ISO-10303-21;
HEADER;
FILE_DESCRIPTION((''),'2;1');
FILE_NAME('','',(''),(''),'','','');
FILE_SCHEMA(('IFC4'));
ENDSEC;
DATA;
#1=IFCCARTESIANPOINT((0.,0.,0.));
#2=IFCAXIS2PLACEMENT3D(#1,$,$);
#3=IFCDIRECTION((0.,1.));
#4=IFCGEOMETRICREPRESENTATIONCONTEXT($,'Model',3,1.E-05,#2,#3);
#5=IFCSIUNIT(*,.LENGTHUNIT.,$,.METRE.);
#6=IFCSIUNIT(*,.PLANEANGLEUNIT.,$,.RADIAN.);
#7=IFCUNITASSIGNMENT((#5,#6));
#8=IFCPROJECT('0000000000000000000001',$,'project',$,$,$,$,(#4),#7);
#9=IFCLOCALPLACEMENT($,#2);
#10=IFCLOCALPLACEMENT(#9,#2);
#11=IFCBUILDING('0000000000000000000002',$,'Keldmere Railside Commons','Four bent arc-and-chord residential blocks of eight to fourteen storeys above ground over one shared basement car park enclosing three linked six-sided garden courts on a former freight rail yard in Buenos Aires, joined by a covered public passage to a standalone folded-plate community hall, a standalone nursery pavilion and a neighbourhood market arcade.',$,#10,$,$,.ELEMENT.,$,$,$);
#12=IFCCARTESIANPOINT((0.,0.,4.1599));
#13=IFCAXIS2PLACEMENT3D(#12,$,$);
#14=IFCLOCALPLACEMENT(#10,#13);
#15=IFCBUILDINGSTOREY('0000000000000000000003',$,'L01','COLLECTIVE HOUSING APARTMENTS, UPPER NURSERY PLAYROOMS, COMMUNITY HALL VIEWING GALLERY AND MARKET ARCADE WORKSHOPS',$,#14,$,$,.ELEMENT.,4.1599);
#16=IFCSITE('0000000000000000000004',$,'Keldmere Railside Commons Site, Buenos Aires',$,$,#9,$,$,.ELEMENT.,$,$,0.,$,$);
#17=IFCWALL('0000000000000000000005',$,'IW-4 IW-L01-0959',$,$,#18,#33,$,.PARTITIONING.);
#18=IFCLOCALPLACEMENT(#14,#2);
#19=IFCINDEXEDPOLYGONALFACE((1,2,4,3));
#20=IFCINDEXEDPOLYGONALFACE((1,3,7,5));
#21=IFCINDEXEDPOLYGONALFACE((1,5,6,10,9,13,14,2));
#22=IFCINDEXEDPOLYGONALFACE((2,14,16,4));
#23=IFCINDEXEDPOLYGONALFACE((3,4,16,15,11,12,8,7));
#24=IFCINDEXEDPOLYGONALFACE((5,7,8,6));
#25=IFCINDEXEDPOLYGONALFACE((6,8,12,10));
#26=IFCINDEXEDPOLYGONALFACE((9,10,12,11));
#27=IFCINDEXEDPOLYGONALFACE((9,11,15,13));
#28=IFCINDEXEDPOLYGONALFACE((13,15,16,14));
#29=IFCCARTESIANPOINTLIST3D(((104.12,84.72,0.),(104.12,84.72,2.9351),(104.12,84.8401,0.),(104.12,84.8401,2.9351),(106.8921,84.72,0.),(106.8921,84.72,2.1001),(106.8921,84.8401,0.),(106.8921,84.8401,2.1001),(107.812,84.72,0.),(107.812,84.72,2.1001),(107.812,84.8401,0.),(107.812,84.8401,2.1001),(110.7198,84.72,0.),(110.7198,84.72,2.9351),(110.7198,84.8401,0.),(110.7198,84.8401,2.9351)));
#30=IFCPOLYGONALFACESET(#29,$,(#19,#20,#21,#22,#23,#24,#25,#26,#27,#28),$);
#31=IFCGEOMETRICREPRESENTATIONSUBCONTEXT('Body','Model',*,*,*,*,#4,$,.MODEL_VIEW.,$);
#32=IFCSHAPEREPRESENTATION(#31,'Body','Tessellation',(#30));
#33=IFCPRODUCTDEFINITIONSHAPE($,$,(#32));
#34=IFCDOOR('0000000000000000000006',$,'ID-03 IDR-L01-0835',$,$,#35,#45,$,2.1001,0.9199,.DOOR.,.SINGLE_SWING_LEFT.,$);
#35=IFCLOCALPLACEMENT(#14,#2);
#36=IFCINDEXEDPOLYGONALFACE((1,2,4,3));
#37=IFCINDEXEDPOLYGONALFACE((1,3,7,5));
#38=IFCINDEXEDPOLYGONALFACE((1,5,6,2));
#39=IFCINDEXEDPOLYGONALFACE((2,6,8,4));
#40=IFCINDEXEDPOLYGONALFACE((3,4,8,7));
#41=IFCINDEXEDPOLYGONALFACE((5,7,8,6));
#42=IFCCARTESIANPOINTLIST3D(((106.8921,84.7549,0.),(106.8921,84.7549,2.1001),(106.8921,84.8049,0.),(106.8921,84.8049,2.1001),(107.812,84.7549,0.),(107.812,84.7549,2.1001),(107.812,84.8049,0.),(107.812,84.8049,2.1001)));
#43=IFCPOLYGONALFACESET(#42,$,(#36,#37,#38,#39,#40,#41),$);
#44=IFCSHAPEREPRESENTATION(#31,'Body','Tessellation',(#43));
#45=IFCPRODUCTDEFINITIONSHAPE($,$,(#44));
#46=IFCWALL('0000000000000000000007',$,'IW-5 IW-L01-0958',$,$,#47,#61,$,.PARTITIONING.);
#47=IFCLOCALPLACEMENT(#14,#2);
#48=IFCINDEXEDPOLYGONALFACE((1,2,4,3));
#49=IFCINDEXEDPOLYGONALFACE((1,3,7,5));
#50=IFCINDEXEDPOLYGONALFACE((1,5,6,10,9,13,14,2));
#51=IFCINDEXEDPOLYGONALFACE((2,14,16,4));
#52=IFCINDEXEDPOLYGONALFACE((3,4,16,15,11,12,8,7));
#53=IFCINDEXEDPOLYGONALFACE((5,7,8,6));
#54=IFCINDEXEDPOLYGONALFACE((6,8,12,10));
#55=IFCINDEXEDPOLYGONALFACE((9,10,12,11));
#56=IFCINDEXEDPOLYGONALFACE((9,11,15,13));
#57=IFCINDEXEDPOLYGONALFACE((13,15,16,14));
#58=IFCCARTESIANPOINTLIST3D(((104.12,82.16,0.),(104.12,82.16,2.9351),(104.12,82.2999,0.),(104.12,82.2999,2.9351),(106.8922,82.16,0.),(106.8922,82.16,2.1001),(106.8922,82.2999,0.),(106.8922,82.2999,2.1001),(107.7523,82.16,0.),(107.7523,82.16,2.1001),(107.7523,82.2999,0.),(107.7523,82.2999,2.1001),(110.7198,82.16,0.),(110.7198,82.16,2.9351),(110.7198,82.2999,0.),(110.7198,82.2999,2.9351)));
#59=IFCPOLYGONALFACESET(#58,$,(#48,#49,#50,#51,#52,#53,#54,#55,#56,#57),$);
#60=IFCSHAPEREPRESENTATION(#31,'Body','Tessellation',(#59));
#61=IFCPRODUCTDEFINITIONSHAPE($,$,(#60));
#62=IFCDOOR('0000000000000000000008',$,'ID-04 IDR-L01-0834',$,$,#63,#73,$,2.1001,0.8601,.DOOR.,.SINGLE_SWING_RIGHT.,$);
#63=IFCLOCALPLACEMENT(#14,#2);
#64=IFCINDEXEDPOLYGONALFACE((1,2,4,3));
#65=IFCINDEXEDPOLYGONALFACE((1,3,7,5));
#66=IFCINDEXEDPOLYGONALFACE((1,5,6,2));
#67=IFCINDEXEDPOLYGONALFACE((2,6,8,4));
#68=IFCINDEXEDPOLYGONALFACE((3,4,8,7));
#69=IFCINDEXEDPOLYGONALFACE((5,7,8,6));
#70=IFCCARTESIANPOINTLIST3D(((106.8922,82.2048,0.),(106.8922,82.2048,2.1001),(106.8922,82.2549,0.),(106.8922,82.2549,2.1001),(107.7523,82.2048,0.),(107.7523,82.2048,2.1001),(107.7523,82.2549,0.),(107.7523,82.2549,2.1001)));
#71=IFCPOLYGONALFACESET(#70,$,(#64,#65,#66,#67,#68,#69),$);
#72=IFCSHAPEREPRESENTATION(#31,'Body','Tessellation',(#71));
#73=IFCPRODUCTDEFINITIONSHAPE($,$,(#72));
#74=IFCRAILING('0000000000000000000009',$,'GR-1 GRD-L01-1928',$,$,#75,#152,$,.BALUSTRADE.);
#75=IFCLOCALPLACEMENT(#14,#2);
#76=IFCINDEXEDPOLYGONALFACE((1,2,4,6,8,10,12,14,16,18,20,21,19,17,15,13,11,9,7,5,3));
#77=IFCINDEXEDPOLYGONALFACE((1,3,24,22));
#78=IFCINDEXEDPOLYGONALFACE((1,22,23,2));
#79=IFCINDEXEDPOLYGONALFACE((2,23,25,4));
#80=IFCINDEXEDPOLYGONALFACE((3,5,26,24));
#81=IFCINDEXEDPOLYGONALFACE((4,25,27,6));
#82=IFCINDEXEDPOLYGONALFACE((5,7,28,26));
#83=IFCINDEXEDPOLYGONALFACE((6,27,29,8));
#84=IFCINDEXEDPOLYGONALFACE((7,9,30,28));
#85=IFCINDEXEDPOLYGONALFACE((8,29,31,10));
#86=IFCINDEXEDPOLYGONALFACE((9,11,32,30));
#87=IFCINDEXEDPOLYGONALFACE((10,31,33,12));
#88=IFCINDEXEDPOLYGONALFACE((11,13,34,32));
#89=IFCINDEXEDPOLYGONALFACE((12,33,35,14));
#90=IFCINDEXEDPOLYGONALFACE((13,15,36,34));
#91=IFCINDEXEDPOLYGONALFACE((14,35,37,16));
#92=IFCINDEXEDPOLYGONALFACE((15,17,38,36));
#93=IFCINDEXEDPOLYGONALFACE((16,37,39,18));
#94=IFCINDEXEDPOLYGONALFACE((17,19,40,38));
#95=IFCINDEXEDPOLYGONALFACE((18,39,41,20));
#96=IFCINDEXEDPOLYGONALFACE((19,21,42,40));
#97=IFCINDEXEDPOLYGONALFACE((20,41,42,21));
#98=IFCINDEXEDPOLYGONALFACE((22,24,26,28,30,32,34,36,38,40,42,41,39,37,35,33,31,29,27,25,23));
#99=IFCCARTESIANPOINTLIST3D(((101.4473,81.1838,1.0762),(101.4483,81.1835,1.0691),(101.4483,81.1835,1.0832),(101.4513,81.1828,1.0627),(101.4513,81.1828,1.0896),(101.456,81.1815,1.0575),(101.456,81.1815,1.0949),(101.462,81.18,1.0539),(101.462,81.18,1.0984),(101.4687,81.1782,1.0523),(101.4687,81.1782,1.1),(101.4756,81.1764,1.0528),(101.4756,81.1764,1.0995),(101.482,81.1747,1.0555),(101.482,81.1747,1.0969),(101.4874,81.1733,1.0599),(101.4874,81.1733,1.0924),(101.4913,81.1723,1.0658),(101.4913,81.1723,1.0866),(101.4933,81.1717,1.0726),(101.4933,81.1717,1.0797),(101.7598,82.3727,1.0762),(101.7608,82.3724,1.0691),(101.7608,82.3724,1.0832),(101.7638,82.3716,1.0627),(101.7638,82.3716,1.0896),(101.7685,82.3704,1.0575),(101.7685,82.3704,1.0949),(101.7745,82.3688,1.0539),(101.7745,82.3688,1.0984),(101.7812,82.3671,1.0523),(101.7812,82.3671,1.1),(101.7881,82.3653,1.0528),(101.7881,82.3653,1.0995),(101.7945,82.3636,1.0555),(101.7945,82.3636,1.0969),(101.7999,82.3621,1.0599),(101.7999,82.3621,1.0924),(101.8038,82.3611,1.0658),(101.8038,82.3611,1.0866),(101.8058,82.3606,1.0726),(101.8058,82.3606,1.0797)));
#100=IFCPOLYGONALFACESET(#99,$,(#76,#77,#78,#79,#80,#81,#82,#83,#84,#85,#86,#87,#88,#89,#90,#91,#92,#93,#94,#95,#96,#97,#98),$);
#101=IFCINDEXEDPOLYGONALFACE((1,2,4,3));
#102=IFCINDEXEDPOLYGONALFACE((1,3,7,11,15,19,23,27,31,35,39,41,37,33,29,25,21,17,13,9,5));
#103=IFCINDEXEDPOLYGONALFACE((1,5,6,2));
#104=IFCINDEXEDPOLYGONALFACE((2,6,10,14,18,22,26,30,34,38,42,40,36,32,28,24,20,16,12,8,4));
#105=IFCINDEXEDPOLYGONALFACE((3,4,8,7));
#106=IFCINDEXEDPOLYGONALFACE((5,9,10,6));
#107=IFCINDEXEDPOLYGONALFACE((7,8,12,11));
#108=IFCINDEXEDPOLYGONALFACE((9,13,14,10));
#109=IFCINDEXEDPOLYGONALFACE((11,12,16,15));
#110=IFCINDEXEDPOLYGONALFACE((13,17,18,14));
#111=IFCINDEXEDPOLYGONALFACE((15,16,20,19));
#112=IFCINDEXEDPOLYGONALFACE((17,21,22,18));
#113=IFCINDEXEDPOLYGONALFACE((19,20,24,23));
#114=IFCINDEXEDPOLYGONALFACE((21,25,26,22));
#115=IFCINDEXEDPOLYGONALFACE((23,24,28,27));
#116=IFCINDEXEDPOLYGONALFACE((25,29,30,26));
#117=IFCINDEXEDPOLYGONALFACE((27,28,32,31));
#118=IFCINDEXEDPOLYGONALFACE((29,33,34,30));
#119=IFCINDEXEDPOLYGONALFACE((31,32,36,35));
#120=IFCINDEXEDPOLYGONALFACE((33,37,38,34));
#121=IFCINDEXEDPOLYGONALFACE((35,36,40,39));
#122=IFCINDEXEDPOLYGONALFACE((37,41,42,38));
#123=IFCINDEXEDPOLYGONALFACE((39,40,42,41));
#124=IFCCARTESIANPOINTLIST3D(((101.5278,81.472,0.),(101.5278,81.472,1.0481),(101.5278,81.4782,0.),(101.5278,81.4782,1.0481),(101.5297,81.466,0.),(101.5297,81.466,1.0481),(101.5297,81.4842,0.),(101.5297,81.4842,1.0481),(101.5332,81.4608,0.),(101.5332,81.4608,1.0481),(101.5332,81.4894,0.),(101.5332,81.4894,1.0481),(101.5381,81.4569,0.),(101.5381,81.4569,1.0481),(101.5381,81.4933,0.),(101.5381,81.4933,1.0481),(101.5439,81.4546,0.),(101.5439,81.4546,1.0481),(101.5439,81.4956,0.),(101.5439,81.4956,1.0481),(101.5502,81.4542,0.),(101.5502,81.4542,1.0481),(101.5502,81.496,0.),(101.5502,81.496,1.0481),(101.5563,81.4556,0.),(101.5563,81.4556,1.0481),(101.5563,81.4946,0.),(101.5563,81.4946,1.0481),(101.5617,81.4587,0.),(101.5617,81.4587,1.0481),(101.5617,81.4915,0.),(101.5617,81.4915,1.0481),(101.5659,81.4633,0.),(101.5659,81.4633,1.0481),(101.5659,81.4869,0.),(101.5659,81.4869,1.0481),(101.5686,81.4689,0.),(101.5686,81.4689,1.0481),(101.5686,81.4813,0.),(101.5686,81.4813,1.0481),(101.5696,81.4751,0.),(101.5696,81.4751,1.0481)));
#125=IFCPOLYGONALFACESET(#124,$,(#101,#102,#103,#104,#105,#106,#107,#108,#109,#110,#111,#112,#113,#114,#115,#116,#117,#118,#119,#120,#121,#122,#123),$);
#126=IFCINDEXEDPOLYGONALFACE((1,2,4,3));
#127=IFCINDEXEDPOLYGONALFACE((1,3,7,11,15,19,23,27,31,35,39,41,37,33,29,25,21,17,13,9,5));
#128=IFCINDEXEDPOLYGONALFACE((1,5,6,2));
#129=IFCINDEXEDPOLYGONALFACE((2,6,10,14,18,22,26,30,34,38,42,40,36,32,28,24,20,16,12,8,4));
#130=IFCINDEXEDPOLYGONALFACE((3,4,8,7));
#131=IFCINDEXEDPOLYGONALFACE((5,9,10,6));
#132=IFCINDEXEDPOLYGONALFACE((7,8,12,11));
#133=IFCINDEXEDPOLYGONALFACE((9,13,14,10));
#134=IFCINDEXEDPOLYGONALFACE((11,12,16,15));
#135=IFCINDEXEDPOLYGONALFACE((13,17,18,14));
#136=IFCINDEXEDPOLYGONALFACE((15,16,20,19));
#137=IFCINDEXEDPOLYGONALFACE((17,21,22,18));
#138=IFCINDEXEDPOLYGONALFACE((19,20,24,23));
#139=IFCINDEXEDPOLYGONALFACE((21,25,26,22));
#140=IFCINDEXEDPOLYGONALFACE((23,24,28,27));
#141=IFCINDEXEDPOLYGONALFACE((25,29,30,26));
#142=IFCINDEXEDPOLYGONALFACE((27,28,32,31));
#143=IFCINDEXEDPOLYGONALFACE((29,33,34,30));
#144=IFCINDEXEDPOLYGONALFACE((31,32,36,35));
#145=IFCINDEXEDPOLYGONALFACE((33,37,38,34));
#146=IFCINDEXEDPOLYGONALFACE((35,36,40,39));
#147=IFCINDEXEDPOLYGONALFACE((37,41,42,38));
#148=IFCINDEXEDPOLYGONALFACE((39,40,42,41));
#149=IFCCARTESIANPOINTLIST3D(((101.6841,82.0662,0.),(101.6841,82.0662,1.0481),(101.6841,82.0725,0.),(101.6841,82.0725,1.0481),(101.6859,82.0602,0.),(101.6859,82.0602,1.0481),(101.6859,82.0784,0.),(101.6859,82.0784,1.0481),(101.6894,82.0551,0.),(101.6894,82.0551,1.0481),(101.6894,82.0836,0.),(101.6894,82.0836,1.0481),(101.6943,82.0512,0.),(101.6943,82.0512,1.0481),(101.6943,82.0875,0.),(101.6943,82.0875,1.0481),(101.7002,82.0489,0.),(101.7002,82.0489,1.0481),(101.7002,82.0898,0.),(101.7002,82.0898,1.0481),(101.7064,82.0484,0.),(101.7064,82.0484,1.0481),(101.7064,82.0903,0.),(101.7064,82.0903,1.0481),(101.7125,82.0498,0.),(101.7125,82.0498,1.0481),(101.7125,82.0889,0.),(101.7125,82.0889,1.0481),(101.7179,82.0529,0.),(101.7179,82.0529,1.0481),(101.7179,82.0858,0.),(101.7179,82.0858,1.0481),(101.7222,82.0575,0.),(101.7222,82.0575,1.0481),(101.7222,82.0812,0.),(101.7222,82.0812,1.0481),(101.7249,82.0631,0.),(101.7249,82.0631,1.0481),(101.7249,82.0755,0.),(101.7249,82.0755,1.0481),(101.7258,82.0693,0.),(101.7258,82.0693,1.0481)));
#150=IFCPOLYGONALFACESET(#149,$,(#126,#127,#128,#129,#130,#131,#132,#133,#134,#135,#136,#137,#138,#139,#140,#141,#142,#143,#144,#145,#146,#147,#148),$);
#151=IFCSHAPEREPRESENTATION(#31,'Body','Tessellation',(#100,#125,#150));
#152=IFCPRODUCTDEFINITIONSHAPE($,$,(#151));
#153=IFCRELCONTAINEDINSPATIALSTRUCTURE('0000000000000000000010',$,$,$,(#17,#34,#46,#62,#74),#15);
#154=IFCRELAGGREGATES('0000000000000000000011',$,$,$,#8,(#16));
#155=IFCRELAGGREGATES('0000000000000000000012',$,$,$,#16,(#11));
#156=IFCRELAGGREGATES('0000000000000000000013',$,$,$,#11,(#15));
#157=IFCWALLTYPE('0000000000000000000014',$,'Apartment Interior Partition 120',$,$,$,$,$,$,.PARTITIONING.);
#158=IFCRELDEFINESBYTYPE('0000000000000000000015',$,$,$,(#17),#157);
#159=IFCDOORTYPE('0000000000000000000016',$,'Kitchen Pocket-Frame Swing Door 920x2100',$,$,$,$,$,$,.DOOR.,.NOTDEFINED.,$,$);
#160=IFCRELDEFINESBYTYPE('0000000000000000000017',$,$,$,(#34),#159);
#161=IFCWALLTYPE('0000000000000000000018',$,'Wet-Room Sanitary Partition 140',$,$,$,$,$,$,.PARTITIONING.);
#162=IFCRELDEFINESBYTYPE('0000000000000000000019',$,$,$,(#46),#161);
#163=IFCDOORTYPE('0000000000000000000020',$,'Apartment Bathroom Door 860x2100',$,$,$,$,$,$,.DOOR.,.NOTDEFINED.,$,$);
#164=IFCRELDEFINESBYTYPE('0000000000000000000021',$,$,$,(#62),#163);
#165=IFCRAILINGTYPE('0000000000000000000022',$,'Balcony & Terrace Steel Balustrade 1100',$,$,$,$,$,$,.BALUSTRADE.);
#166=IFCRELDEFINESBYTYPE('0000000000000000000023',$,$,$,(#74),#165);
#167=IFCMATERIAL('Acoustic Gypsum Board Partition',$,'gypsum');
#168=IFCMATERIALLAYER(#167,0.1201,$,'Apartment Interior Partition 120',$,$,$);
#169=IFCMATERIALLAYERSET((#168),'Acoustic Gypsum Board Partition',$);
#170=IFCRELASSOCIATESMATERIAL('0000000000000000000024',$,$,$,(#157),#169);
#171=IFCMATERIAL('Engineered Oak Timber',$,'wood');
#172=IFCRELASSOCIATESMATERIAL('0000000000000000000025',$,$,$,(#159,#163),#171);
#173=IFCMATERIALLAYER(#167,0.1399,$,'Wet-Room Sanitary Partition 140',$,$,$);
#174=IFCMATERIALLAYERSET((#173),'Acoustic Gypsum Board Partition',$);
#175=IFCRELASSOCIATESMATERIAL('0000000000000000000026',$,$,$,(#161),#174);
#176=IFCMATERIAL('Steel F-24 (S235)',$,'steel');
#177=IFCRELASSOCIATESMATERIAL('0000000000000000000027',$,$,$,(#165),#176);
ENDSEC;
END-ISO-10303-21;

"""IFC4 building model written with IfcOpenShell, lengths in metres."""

from ifc_helpers import new_model, si_unit, direction, frame, frame_2d, origin, origin_2d, place, context, subcontext, project, spatial, rectangle, circle, extrude, material, layer, layer_set, type_object, element, fill, save


model = new_model("IFC4")

# Units and contexts
model_context = context("Model", 3, precision=1e-05, world=origin(), true_north=direction((0.0, 1.0)))
body_context = subcontext(model_context, "Body", "Model", "MODEL_VIEW")
ifc_project = project(units=[si_unit("LENGTHUNIT", "METRE"), si_unit("PLANEANGLEUNIT", "RADIAN")], contexts=[model_context])

# Site, building, storey
site_placement = place(None, origin())
site = spatial("IfcSite", under=ifc_project, at=site_placement, Name="Keldmere Railside Commons Site, Buenos Aires", CompositionType="ELEMENT", RefElevation=0.0)
building_placement = place(site_placement, origin())
building = spatial("IfcBuilding", under=site, at=building_placement, Name="Keldmere Railside Commons", Description="Four bent arc-and-chord residential blocks of eight to fourteen storeys above ground over one shared basement car park enclosing three linked six-sided garden courts on a former freight rail yard in Buenos Aires, joined by a covered public passage to a standalone folded-plate community hall, a standalone nursery pavilion and a neighbourhood market arcade.", CompositionType="ELEMENT")
storey_placement = place(building_placement, frame((0.0, 0.0, 4.1599)))
storey = spatial("IfcBuildingStorey", under=building, at=storey_placement, Name="L01", Description="COLLECTIVE HOUSING APARTMENTS, UPPER NURSERY PLAYROOMS, COMMUNITY HALL VIEWING GALLERY AND MARKET ARCADE WORKSHOPS", CompositionType="ELEMENT", Elevation=4.1599)

# Walls, openings, doors
ifc_material_1 = material(Name="Acoustic Gypsum Board Partition", Category="gypsum")
ifc_layer_1 = layer(ifc_material_1, 0.1201, Name="Apartment Interior Partition 120")
ifc_layer_set_1 = layer_set([ifc_layer_1], Name="Acoustic Gypsum Board Partition")
wall_type_1 = type_object("IfcWallType", Name="Apartment Interior Partition 120", PredefinedType="PARTITIONING", material=ifc_layer_set_1)
wall_1_placement = place(storey_placement, frame((104.1201, 84.78, 0.0), z_axis=(0.0, 0.0, 1.0), x_axis=(1.0, 0.0, 0.0)))
wall_1 = element("IfcWall", 1, at=wall_1_placement, inside=storey, type_object=wall_type_1, Name="IW-4 IW-L01-0959", PredefinedType="PARTITIONING", context=body_context, shape_type="SweptSolid", body=[
    extrude(rectangle(XDim=6.5999, YDim=0.1201, at=frame_2d((3.2998, 0.0))), origin(), (0.0, 0.0, 1.0), 2.9351),
])
opening_1_placement = place(wall_1_placement, frame((2.772, 0.0, 0.0)))
opening_1 = element("IfcOpeningElement", 2, at=opening_1_placement, cuts=wall_1, PredefinedType="OPENING", context=body_context, shape_type="SweptSolid", body=[
    extrude(rectangle(XDim=0.9199, YDim=2.1001, at=frame_2d((0.46, 1.05))), frame((0.0, 0.0701, 0.0), z_axis=(0.0, -1.0, 0.0), x_axis=(1.0, 0.0, 0.0)), (0.0, 0.0, 1.0), 0.1401),
])
ifc_material_2 = material(Name="Engineered Oak Timber", Category="wood")
door_type_1 = type_object("IfcDoorType", Name="Kitchen Pocket-Frame Swing Door 920x2100", OperationType="NOTDEFINED", PredefinedType="DOOR", material=ifc_material_2)
door_1_placement = place(opening_1_placement, origin())
door_1 = element("IfcDoor", 3, at=door_1_placement, inside=storey, type_object=door_type_1, Name="ID-03 IDR-L01-0835", OperationType="SINGLE_SWING_LEFT", OverallHeight=2.1001, OverallWidth=0.9199, PredefinedType="DOOR", context=body_context, shape_type="SweptSolid", body=[
    extrude(rectangle(XDim=0.9199, YDim=2.1001, at=frame_2d((0.46, 1.05))), frame((0.0, 0.0249, 0.0), z_axis=(0.0, -1.0, 0.0), x_axis=(1.0, 0.0, 0.0)), (0.0, 0.0, 1.0), 0.05),
])
fill(opening_1, door_1)
ifc_layer_2 = layer(ifc_material_1, 0.1399, Name="Wet-Room Sanitary Partition 140")
ifc_layer_set_2 = layer_set([ifc_layer_2], Name="Acoustic Gypsum Board Partition")
wall_type_2 = type_object("IfcWallType", Name="Wet-Room Sanitary Partition 140", PredefinedType="PARTITIONING", material=ifc_layer_set_2)
wall_2_placement = place(storey_placement, frame((104.1201, 82.23, 0.0), z_axis=(0.0, 0.0, 1.0), x_axis=(1.0, 0.0, 0.0)))
wall_2 = element("IfcWall", 4, at=wall_2_placement, inside=storey, type_object=wall_type_2, Name="IW-5 IW-L01-0958", PredefinedType="PARTITIONING", context=body_context, shape_type="SweptSolid", body=[
    extrude(rectangle(XDim=6.5999, YDim=0.1399, at=frame_2d((3.2998, 0.0))), origin(), (0.0, 0.0, 1.0), 2.9351),
])
opening_2_placement = place(wall_2_placement, frame((2.772, 0.0, 0.0)))
opening_2 = element("IfcOpeningElement", 5, at=opening_2_placement, cuts=wall_2, PredefinedType="OPENING", context=body_context, shape_type="SweptSolid", body=[
    extrude(rectangle(XDim=0.8601, YDim=2.1001, at=frame_2d((0.4302, 1.05))), frame((0.0, 0.0798, 0.0), z_axis=(0.0, -1.0, 0.0), x_axis=(1.0, 0.0, 0.0)), (0.0, 0.0, 1.0), 0.1599),
])
door_type_2 = type_object("IfcDoorType", Name="Apartment Bathroom Door 860x2100", OperationType="NOTDEFINED", PredefinedType="DOOR", material=ifc_material_2)
door_2_placement = place(opening_2_placement, origin())
door_2 = element("IfcDoor", 6, at=door_2_placement, inside=storey, type_object=door_type_2, Name="ID-04 IDR-L01-0834", OperationType="SINGLE_SWING_RIGHT", OverallHeight=2.1001, OverallWidth=0.8601, PredefinedType="DOOR", context=body_context, shape_type="SweptSolid", body=[
    extrude(rectangle(XDim=0.8601, YDim=2.1001, at=frame_2d((0.4302, 1.05))), frame((0.0, 0.0249, 0.0), z_axis=(0.0, -1.0, 0.0), x_axis=(1.0, 0.0, 0.0)), (0.0, 0.0, 1.0), 0.05),
])
fill(opening_2, door_2)

# Railing
ifc_material_3 = material(Name="Steel F-24 (S235)", Category="steel")
railing_type = type_object("IfcRailingType", Name="Balcony & Terrace Steel Balustrade 1100", PredefinedType="BALUSTRADE", material=ifc_material_3)
railing_1_placement = place(storey_placement, frame((101.4705, 81.1777, 0.0)))
element("IfcRailing", 7, at=railing_1_placement, inside=storey, type_object=railing_type, Name="GR-1 GRD-L01-1928", PredefinedType="BALUSTRADE", context=body_context, shape_type="SweptSolid", body=[
    extrude(circle(Radius=0.0239, at=origin_2d()), frame((0.0, 0.0, 1.0762), z_axis=(0.2542, 0.967152, 0.0), x_axis=(-0.967152, 0.2542, 0.0)), (0.0, 0.0, 1.0), 1.2292),
    extrude(circle(Radius=0.021, at=origin_2d()), frame((0.0781, 0.2974, 0.0)), (0.0, 0.0, 1.0), 1.0481),
    extrude(circle(Radius=0.021, at=origin_2d()), frame((0.2344, 0.8916, 0.0)), (0.0, 0.0, 1.0), 1.0481),
])

save(model, "model.ifc")
